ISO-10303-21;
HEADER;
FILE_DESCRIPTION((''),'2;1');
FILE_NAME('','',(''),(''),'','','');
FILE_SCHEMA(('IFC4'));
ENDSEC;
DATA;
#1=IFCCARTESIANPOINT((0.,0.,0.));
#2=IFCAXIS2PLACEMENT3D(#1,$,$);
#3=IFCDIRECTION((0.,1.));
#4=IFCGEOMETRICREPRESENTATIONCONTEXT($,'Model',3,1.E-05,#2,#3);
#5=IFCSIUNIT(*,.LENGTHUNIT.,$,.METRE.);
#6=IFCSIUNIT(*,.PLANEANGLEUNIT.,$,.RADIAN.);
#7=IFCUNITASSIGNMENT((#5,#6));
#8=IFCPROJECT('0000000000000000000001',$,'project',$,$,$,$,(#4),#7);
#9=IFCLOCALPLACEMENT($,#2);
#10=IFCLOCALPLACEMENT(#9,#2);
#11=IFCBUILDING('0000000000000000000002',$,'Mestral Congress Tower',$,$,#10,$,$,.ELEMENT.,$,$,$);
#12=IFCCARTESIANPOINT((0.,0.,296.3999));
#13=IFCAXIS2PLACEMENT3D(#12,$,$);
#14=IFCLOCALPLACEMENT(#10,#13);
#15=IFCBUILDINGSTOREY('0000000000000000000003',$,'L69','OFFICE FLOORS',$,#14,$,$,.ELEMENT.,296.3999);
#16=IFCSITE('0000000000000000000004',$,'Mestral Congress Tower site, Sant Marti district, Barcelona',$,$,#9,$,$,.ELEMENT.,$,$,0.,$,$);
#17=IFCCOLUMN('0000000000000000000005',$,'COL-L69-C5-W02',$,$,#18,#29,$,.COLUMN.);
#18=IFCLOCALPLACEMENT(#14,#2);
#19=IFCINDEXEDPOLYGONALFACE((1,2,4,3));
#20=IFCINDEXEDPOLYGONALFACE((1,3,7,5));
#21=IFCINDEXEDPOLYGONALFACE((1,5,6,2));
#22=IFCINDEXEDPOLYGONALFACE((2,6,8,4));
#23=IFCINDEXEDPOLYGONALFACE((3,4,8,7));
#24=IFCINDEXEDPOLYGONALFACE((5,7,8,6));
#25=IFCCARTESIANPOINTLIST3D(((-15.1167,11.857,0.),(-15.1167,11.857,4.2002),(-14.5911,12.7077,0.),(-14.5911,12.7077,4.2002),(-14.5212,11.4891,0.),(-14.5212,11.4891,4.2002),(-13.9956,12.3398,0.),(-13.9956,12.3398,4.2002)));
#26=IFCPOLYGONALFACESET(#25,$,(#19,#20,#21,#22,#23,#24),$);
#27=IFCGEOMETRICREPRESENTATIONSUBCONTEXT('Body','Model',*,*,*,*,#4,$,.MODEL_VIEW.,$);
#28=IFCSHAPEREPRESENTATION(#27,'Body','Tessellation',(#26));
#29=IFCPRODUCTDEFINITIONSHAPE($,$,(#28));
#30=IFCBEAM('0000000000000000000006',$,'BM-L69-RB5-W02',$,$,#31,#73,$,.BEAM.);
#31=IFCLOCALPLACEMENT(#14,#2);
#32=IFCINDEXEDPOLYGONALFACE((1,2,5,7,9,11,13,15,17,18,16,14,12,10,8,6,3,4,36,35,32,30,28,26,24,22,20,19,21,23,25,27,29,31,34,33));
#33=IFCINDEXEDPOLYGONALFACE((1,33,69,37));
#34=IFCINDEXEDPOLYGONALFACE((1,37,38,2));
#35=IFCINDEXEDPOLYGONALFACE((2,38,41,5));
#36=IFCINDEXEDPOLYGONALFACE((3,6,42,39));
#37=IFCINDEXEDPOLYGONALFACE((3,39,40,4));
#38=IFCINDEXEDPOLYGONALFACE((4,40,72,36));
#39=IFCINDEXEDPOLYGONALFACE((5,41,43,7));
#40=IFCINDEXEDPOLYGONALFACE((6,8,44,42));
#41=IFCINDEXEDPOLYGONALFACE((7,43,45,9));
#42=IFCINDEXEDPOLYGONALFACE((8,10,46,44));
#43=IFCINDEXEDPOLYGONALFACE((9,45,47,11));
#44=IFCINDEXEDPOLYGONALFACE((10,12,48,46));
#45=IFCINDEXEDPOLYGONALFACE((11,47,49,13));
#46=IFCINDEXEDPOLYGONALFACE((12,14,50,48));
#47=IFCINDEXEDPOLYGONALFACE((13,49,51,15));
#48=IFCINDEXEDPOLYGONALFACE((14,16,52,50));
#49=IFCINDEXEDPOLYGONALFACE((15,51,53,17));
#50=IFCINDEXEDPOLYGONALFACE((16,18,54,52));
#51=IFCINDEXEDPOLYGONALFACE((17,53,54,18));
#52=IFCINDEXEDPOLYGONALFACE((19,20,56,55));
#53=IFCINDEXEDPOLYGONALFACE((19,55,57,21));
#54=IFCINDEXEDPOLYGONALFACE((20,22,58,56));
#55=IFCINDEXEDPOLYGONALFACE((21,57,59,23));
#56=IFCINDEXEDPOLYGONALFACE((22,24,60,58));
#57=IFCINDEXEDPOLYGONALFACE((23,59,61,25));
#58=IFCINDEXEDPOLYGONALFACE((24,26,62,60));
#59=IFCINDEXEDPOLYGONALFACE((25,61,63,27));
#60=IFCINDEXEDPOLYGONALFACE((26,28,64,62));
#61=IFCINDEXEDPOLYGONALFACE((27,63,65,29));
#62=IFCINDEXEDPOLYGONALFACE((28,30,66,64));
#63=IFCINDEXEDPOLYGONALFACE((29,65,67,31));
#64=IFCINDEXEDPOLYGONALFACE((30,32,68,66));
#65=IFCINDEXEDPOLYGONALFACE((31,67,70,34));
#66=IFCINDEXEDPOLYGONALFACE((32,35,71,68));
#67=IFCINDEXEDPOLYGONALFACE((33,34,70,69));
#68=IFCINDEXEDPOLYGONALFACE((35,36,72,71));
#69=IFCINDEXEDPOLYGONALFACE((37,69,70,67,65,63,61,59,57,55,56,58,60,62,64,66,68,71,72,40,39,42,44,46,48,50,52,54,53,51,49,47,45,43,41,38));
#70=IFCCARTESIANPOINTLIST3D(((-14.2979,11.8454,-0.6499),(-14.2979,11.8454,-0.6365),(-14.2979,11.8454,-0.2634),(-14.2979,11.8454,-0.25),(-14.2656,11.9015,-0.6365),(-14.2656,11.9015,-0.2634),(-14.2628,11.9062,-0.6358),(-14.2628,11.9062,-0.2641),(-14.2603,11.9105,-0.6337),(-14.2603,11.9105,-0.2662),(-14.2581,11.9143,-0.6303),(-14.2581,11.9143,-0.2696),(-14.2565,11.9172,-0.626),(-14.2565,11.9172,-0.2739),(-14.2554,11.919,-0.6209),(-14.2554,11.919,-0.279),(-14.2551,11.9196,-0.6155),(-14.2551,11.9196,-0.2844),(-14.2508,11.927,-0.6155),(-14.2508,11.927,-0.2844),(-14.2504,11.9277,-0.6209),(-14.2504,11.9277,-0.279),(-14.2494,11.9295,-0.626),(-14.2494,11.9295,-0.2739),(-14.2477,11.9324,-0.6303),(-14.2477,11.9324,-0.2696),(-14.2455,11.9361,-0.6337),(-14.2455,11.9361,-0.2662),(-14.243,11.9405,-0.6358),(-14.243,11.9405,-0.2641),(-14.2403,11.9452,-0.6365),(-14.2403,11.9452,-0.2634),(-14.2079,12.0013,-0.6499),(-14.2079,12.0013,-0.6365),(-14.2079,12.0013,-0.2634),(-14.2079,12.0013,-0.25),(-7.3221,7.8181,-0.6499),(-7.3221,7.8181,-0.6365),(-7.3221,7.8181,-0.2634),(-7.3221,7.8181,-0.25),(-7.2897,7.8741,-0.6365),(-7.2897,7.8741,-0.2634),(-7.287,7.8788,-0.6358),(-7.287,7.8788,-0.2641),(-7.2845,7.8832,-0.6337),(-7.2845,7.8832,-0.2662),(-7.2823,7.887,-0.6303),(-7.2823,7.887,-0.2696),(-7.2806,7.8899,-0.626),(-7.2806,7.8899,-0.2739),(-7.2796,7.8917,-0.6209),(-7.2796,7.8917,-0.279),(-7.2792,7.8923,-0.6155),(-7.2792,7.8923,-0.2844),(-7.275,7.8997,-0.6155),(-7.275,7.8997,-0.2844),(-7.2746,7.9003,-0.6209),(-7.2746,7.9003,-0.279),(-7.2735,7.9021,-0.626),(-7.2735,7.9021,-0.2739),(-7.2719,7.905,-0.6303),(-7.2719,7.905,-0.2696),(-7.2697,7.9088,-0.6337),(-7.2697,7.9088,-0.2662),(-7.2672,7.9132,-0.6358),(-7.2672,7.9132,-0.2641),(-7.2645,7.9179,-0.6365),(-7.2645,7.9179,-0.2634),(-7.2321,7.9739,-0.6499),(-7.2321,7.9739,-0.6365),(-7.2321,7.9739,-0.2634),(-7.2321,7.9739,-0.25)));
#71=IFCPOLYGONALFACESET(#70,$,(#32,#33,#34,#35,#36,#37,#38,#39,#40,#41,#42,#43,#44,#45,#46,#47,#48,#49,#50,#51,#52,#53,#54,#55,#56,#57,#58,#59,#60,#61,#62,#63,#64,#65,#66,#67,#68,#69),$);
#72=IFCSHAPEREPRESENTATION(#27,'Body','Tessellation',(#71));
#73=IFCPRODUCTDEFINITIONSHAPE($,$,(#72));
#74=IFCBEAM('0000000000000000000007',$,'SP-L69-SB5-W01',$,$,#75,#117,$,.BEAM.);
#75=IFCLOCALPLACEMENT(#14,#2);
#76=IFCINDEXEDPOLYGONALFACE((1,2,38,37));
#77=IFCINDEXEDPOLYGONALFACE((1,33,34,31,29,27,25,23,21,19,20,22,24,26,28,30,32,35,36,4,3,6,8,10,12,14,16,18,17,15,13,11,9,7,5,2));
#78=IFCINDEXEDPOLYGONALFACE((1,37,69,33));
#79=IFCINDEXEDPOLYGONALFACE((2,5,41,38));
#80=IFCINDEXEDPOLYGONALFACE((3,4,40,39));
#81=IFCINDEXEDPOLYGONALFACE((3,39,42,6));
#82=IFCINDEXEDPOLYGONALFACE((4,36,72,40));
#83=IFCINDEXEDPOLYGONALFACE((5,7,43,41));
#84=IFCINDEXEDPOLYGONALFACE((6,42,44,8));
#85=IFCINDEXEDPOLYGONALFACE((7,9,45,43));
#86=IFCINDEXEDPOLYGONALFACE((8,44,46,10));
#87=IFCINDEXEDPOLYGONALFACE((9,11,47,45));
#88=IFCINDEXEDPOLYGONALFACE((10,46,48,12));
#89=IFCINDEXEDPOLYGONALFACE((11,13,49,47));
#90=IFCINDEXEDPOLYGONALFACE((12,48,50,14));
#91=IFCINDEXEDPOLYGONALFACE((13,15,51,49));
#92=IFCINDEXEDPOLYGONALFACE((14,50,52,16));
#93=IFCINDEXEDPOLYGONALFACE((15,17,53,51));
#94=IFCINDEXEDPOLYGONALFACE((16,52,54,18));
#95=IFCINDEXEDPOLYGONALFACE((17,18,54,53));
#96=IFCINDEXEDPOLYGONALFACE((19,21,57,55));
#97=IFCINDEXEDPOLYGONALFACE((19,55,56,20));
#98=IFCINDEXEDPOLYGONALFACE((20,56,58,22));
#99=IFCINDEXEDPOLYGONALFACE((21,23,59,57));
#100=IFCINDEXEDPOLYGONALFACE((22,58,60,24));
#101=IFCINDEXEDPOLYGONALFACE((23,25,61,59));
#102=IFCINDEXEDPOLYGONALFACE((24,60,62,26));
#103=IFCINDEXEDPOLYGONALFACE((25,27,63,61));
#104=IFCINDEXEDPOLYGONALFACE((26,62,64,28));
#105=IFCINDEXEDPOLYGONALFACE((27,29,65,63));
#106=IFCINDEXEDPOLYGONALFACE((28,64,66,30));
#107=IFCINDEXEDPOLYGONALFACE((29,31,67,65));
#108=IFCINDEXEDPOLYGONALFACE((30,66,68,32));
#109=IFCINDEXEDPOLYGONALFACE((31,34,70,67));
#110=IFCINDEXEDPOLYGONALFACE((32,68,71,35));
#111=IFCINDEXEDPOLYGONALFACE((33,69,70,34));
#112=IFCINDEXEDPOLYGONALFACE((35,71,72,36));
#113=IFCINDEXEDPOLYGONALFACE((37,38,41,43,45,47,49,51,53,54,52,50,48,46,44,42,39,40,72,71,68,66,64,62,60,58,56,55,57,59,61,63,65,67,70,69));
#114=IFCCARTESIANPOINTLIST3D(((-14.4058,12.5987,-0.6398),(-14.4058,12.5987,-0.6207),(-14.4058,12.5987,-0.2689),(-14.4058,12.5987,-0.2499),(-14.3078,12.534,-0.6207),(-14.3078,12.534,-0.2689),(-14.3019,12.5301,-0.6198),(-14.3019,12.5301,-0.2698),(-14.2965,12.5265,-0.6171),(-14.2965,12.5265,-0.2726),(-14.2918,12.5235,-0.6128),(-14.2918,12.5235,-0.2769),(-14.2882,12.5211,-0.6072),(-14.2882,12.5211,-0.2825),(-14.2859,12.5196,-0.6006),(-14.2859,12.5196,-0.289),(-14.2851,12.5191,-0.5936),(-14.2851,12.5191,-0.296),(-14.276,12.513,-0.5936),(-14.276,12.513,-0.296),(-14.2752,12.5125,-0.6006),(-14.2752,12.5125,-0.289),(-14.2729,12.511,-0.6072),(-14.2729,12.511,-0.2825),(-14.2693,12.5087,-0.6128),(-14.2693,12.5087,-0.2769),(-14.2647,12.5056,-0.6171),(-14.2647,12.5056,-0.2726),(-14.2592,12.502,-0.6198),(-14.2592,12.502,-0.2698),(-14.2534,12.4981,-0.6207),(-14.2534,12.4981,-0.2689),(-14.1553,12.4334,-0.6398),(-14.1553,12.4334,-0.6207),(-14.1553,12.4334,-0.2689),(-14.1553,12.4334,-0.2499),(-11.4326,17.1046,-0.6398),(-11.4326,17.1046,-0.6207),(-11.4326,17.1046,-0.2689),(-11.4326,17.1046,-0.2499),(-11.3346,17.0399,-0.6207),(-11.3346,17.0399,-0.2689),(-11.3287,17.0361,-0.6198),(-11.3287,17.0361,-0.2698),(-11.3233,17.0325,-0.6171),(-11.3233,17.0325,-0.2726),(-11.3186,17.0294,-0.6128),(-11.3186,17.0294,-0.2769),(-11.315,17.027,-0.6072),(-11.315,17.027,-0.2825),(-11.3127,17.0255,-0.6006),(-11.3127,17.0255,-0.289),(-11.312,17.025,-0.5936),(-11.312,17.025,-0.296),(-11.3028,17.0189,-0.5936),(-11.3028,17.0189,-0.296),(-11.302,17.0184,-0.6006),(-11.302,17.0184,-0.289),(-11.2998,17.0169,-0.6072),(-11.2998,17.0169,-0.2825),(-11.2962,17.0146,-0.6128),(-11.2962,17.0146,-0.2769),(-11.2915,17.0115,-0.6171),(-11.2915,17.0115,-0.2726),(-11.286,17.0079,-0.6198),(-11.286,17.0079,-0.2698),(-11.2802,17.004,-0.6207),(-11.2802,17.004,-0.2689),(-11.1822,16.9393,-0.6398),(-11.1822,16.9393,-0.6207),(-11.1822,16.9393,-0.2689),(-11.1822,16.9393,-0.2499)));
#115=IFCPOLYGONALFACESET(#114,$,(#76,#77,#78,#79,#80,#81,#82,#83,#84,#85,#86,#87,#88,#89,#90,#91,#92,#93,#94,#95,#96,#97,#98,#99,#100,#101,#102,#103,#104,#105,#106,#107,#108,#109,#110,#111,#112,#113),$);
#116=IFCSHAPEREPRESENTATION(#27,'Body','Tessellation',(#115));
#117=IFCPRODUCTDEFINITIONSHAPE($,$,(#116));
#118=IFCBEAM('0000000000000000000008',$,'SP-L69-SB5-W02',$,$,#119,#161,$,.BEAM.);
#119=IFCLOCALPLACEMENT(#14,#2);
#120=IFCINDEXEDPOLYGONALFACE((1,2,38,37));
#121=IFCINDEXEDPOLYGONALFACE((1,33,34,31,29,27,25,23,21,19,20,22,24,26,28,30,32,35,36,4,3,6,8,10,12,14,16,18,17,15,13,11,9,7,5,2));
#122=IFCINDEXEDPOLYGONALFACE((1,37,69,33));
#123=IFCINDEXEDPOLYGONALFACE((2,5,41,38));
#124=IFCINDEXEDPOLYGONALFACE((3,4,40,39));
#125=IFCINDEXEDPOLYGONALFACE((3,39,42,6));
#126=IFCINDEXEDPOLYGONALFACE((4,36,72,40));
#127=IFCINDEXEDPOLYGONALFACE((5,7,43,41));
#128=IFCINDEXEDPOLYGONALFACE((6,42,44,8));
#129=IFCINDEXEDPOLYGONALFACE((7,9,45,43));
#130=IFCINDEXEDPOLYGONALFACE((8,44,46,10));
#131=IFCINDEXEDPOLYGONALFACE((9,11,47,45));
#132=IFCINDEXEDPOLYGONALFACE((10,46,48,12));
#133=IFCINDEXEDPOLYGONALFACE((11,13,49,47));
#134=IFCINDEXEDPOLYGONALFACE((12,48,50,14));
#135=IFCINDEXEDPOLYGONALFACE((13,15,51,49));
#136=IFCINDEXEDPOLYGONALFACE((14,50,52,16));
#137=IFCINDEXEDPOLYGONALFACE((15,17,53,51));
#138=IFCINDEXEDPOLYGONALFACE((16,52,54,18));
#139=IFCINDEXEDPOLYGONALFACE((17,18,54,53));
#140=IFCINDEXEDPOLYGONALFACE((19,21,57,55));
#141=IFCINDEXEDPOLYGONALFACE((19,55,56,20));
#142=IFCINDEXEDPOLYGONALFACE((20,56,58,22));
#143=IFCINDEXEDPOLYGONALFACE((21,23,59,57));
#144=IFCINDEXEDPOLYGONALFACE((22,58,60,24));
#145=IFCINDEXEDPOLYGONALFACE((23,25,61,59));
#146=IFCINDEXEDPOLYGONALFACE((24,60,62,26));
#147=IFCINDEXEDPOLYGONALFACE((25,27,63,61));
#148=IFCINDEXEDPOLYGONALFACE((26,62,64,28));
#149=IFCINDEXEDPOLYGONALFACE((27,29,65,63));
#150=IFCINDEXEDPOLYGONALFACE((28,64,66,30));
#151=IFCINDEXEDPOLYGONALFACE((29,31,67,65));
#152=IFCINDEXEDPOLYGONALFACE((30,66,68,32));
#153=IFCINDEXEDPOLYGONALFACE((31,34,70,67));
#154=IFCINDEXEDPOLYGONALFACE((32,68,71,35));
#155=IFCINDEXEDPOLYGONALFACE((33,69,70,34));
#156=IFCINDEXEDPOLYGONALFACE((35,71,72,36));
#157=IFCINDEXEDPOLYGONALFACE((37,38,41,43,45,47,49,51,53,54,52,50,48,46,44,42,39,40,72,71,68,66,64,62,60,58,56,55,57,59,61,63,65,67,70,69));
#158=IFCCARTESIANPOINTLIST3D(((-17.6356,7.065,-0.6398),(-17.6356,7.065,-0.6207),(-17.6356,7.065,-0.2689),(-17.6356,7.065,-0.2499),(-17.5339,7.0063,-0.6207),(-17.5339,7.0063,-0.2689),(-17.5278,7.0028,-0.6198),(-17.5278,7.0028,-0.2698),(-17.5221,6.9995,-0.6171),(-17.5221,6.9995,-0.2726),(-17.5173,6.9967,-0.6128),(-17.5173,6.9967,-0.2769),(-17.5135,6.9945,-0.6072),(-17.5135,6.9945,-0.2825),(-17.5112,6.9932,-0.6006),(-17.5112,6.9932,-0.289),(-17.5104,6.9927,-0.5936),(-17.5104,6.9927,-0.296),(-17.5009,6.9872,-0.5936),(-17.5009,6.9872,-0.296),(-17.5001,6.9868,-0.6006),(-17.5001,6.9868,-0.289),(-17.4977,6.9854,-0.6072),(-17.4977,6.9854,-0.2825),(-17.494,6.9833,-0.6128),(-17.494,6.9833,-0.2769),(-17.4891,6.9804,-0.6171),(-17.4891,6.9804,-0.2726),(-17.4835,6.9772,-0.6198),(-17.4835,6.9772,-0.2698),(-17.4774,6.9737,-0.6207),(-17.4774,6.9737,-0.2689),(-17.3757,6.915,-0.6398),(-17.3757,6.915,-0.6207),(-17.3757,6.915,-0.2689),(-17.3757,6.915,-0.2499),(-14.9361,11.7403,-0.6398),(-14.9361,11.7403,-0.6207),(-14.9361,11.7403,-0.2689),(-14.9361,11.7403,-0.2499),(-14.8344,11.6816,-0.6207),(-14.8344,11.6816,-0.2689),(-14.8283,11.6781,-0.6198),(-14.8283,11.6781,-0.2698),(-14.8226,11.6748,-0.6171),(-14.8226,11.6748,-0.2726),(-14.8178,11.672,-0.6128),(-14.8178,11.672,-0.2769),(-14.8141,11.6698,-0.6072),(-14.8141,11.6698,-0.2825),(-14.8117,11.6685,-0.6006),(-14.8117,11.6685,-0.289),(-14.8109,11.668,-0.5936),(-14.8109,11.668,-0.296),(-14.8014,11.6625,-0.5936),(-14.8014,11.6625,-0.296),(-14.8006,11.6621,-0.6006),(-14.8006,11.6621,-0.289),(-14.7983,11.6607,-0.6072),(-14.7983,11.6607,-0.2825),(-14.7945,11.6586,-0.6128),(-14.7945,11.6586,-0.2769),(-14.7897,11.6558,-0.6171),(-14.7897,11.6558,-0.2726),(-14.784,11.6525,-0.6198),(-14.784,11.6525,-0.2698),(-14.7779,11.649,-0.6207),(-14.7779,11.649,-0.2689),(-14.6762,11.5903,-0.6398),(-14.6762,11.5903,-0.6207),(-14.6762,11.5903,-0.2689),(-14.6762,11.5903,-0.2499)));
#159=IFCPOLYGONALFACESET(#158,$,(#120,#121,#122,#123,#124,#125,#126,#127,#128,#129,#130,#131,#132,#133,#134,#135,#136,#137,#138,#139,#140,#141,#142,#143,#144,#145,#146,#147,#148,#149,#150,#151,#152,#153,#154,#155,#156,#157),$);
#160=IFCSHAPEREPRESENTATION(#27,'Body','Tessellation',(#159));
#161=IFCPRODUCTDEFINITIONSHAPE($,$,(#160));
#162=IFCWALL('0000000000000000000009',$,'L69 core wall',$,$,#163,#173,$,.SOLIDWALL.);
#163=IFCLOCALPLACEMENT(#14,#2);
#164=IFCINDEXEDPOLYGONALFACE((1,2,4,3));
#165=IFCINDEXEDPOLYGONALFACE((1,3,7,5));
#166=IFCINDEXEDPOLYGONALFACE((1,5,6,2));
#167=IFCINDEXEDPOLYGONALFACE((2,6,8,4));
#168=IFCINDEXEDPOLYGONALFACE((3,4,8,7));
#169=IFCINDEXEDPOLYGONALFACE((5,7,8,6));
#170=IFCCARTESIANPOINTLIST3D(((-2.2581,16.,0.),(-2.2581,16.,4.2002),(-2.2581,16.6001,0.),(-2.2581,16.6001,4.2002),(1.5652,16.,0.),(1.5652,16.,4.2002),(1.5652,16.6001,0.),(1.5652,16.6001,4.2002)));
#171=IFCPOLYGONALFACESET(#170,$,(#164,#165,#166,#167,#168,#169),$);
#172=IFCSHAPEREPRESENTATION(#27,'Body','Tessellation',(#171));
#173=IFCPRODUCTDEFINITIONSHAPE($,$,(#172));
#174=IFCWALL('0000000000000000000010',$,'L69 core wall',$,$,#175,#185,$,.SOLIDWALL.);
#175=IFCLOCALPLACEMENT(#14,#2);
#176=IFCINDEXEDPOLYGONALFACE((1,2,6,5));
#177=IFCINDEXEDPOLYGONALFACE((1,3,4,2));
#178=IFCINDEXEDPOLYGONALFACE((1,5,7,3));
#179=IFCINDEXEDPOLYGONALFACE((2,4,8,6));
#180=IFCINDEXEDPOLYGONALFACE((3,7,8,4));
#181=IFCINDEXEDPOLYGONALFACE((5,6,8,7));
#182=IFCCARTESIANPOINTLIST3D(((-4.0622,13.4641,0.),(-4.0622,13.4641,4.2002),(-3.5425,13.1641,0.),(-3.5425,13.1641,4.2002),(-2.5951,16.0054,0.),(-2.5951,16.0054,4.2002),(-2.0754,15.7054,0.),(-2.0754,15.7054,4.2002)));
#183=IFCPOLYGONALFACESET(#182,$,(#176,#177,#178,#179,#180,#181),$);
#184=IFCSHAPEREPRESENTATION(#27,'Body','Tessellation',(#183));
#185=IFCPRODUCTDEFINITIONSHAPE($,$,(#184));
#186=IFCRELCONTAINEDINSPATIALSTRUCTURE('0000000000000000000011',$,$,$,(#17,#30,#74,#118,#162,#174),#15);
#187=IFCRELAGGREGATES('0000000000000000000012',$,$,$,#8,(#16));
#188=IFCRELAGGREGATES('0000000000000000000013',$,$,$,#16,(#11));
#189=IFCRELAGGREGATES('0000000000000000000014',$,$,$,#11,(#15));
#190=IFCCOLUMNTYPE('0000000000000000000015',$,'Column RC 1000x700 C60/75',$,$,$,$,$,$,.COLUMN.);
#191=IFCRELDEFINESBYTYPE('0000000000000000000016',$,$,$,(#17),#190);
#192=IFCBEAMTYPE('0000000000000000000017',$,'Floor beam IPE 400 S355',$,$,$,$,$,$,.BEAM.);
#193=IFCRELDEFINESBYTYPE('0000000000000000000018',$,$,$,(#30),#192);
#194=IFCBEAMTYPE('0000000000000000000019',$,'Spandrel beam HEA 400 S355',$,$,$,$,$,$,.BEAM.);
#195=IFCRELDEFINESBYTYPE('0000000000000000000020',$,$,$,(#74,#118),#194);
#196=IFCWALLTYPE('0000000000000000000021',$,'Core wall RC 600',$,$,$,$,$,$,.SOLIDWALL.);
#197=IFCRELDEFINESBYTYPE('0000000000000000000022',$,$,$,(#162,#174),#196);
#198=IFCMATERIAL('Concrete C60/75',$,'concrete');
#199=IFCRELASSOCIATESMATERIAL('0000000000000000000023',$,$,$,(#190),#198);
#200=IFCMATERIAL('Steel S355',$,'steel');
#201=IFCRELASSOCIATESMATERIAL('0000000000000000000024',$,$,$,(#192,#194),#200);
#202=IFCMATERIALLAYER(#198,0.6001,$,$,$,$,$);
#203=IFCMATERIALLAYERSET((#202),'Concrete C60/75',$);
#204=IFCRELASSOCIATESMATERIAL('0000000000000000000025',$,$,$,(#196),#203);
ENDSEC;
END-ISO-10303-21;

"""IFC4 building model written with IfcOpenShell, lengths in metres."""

from ifc_helpers import new_model, si_unit, direction, frame, frame_2d, origin, origin_2d, place, context, subcontext, project, spatial, rectangle, i_section, extrude, material, layer, layer_set, material_profile, profile_set, type_object, element, save


model = new_model("IFC4")

# Units and contexts
model_context = context("Model", 3, precision=1e-05, world=origin(), true_north=direction((0.0, 1.0)))
body_context = subcontext(model_context, "Body", "Model", "MODEL_VIEW")
ifc_project = project(units=[si_unit("LENGTHUNIT", "METRE"), si_unit("PLANEANGLEUNIT", "RADIAN")], contexts=[model_context])

# Site, building, storey
site_placement = place(None, origin())
site = spatial("IfcSite", under=ifc_project, at=site_placement, Name="Mestral Congress Tower site, Sant Marti district, Barcelona", CompositionType="ELEMENT", RefElevation=0.0)
building_placement = place(site_placement, origin())
building = spatial("IfcBuilding", under=site, at=building_placement, Name="Mestral Congress Tower", CompositionType="ELEMENT")
storey_placement = place(building_placement, frame((0.0, 0.0, 296.3999)))
storey = spatial("IfcBuildingStorey", under=building, at=storey_placement, Name="L69", Description="OFFICE FLOORS", CompositionType="ELEMENT", Elevation=296.3999)

# Column
ifc_material_1 = material(Name="Concrete C60/75", Category="concrete")
ifc_material_profile_1 = material_profile(ifc_material_1, rectangle(XDim=1.0, YDim=0.7, at=origin_2d()), Name="RC 1000x700")
ifc_profile_set_1 = profile_set([ifc_material_profile_1], Name="Concrete C60/75")
column_type = type_object("IfcColumnType", Name="Column RC 1000x700 C60/75", PredefinedType="COLUMN", material=ifc_profile_set_1)
column_placement = place(storey_placement, frame((-14.5562, 12.0984, 0.0), z_axis=(0.0, 0.0, 1.0), x_axis=(-0.52561, -0.850726, 0.0)))
element("IfcColumn", 1, at=column_placement, inside=storey, type_object=column_type, Name="COL-L69-C5-W02", PredefinedType="COLUMN", context=body_context, shape_type="SweptSolid", body=[
    extrude(rectangle(XDim=1.0, YDim=0.7, at=origin_2d()), origin(), (0.0, 0.0, 1.0), 4.2002),
])

# Beams
ifc_material_2 = material(Name="Steel S355", Category="steel")
ifc_material_profile_2 = material_profile(ifc_material_2, i_section(OverallWidth=0.1799, OverallDepth=0.3999, WebThickness=0.0085, FlangeThickness=0.0134, FilletRadius=0.021, at=origin_2d()), Name="IPE 400")
ifc_profile_set_2 = profile_set([ifc_material_profile_2], Name="Steel S355")
beam_type_1 = type_object("IfcBeamType", Name="Floor beam IPE 400 S355", PredefinedType="BEAM", material=ifc_profile_set_2)
beam_1_placement = place(storey_placement, frame((-14.2529, 11.9233, -0.45), z_axis=(0.866034, -0.499986, 0.0), x_axis=(0.499986, 0.866034, 0.0)))
element("IfcBeam", 2, at=beam_1_placement, inside=storey, type_object=beam_type_1, Name="BM-L69-RB5-W02", PredefinedType="BEAM", context=body_context, shape_type="SweptSolid", body=[
    extrude(i_section(OverallWidth=0.1799, OverallDepth=0.3999, WebThickness=0.0085, FlangeThickness=0.0134, FilletRadius=0.021, at=origin_2d()), origin(), (0.0, 0.0, 1.0), 8.0549),
])
ifc_material_profile_3 = material_profile(ifc_material_2, i_section(OverallWidth=0.3, OverallDepth=0.3899, WebThickness=0.011, FlangeThickness=0.019, FilletRadius=0.0271, at=origin_2d()), Name="HEA 400")
ifc_profile_set_3 = profile_set([ifc_material_profile_3], Name="Steel S355")
beam_type_2 = type_object("IfcBeamType", Name="Spandrel beam HEA 400 S355", PredefinedType="BEAM", material=ifc_profile_set_3)
beam_2_placement = place(storey_placement, frame((-11.3074, 17.022, -0.4448), z_axis=(-0.550749, -0.834671, 0.0), x_axis=(0.834671, -0.550749, 0.0)))
element("IfcBeam", 3, at=beam_2_placement, inside=storey, type_object=beam_type_2, Name="SP-L69-SB5-W01", PredefinedType="BEAM", context=body_context, shape_type="SweptSolid", body=[
    extrude(i_section(OverallWidth=0.3, OverallDepth=0.3899, WebThickness=0.011, FlangeThickness=0.019, FilletRadius=0.0271, at=origin_2d()), origin(), (0.0, 0.0, 1.0), 5.3984),
])
beam_3_placement = place(storey_placement, frame((-14.8062, 11.6653, -0.4448), z_axis=(-0.500025, -0.866011, 0.0), x_axis=(0.866011, -0.500025, 0.0)))
element("IfcBeam", 4, at=beam_3_placement, inside=storey, type_object=beam_type_2, Name="SP-L69-SB5-W02", PredefinedType="BEAM", context=body_context, shape_type="SweptSolid", body=[
    extrude(i_section(OverallWidth=0.3, OverallDepth=0.3899, WebThickness=0.011, FlangeThickness=0.019, FilletRadius=0.0271, at=origin_2d()), origin(), (0.0, 0.0, 1.0), 5.3987),
])

# Walls
ifc_layer_1 = layer(ifc_material_1, 0.6001)
ifc_layer_set_1 = layer_set([ifc_layer_1], Name="Concrete C60/75")
wall_type_1 = type_object("IfcWallType", Name="Core wall RC 600", PredefinedType="SOLIDWALL", material=ifc_layer_set_1)
wall_1_placement = place(storey_placement, frame((-2.2581, 16.3, 0.0), z_axis=(0.0, 0.0, 1.0), x_axis=(1.0, 0.0, 0.0)))
element("IfcWall", 5, at=wall_1_placement, inside=storey, type_object=wall_type_1, Name="L69 core wall", PredefinedType="SOLIDWALL", context=body_context, shape_type="SweptSolid", body=[
    extrude(rectangle(XDim=3.8232, YDim=0.6001, at=frame_2d((1.9116, 0.0))), origin(), (0.0, 0.0, 1.0), 4.2002),
])
wall_2_placement = place(storey_placement, frame((-2.3352, 15.8555, 0.0), z_axis=(0.0, 0.0, 1.0), x_axis=(-0.49996, -0.866048, 0.0)))
element("IfcWall", 6, at=wall_2_placement, inside=storey, type_object=wall_type_1, Name="L69 core wall", PredefinedType="SOLIDWALL", context=body_context, shape_type="SweptSolid", body=[
    extrude(rectangle(XDim=2.9343, YDim=0.6001, at=frame_2d((1.4673, 0.0))), origin(), (0.0, 0.0, 1.0), 4.2002),
])

save(model, "model.ifc")
